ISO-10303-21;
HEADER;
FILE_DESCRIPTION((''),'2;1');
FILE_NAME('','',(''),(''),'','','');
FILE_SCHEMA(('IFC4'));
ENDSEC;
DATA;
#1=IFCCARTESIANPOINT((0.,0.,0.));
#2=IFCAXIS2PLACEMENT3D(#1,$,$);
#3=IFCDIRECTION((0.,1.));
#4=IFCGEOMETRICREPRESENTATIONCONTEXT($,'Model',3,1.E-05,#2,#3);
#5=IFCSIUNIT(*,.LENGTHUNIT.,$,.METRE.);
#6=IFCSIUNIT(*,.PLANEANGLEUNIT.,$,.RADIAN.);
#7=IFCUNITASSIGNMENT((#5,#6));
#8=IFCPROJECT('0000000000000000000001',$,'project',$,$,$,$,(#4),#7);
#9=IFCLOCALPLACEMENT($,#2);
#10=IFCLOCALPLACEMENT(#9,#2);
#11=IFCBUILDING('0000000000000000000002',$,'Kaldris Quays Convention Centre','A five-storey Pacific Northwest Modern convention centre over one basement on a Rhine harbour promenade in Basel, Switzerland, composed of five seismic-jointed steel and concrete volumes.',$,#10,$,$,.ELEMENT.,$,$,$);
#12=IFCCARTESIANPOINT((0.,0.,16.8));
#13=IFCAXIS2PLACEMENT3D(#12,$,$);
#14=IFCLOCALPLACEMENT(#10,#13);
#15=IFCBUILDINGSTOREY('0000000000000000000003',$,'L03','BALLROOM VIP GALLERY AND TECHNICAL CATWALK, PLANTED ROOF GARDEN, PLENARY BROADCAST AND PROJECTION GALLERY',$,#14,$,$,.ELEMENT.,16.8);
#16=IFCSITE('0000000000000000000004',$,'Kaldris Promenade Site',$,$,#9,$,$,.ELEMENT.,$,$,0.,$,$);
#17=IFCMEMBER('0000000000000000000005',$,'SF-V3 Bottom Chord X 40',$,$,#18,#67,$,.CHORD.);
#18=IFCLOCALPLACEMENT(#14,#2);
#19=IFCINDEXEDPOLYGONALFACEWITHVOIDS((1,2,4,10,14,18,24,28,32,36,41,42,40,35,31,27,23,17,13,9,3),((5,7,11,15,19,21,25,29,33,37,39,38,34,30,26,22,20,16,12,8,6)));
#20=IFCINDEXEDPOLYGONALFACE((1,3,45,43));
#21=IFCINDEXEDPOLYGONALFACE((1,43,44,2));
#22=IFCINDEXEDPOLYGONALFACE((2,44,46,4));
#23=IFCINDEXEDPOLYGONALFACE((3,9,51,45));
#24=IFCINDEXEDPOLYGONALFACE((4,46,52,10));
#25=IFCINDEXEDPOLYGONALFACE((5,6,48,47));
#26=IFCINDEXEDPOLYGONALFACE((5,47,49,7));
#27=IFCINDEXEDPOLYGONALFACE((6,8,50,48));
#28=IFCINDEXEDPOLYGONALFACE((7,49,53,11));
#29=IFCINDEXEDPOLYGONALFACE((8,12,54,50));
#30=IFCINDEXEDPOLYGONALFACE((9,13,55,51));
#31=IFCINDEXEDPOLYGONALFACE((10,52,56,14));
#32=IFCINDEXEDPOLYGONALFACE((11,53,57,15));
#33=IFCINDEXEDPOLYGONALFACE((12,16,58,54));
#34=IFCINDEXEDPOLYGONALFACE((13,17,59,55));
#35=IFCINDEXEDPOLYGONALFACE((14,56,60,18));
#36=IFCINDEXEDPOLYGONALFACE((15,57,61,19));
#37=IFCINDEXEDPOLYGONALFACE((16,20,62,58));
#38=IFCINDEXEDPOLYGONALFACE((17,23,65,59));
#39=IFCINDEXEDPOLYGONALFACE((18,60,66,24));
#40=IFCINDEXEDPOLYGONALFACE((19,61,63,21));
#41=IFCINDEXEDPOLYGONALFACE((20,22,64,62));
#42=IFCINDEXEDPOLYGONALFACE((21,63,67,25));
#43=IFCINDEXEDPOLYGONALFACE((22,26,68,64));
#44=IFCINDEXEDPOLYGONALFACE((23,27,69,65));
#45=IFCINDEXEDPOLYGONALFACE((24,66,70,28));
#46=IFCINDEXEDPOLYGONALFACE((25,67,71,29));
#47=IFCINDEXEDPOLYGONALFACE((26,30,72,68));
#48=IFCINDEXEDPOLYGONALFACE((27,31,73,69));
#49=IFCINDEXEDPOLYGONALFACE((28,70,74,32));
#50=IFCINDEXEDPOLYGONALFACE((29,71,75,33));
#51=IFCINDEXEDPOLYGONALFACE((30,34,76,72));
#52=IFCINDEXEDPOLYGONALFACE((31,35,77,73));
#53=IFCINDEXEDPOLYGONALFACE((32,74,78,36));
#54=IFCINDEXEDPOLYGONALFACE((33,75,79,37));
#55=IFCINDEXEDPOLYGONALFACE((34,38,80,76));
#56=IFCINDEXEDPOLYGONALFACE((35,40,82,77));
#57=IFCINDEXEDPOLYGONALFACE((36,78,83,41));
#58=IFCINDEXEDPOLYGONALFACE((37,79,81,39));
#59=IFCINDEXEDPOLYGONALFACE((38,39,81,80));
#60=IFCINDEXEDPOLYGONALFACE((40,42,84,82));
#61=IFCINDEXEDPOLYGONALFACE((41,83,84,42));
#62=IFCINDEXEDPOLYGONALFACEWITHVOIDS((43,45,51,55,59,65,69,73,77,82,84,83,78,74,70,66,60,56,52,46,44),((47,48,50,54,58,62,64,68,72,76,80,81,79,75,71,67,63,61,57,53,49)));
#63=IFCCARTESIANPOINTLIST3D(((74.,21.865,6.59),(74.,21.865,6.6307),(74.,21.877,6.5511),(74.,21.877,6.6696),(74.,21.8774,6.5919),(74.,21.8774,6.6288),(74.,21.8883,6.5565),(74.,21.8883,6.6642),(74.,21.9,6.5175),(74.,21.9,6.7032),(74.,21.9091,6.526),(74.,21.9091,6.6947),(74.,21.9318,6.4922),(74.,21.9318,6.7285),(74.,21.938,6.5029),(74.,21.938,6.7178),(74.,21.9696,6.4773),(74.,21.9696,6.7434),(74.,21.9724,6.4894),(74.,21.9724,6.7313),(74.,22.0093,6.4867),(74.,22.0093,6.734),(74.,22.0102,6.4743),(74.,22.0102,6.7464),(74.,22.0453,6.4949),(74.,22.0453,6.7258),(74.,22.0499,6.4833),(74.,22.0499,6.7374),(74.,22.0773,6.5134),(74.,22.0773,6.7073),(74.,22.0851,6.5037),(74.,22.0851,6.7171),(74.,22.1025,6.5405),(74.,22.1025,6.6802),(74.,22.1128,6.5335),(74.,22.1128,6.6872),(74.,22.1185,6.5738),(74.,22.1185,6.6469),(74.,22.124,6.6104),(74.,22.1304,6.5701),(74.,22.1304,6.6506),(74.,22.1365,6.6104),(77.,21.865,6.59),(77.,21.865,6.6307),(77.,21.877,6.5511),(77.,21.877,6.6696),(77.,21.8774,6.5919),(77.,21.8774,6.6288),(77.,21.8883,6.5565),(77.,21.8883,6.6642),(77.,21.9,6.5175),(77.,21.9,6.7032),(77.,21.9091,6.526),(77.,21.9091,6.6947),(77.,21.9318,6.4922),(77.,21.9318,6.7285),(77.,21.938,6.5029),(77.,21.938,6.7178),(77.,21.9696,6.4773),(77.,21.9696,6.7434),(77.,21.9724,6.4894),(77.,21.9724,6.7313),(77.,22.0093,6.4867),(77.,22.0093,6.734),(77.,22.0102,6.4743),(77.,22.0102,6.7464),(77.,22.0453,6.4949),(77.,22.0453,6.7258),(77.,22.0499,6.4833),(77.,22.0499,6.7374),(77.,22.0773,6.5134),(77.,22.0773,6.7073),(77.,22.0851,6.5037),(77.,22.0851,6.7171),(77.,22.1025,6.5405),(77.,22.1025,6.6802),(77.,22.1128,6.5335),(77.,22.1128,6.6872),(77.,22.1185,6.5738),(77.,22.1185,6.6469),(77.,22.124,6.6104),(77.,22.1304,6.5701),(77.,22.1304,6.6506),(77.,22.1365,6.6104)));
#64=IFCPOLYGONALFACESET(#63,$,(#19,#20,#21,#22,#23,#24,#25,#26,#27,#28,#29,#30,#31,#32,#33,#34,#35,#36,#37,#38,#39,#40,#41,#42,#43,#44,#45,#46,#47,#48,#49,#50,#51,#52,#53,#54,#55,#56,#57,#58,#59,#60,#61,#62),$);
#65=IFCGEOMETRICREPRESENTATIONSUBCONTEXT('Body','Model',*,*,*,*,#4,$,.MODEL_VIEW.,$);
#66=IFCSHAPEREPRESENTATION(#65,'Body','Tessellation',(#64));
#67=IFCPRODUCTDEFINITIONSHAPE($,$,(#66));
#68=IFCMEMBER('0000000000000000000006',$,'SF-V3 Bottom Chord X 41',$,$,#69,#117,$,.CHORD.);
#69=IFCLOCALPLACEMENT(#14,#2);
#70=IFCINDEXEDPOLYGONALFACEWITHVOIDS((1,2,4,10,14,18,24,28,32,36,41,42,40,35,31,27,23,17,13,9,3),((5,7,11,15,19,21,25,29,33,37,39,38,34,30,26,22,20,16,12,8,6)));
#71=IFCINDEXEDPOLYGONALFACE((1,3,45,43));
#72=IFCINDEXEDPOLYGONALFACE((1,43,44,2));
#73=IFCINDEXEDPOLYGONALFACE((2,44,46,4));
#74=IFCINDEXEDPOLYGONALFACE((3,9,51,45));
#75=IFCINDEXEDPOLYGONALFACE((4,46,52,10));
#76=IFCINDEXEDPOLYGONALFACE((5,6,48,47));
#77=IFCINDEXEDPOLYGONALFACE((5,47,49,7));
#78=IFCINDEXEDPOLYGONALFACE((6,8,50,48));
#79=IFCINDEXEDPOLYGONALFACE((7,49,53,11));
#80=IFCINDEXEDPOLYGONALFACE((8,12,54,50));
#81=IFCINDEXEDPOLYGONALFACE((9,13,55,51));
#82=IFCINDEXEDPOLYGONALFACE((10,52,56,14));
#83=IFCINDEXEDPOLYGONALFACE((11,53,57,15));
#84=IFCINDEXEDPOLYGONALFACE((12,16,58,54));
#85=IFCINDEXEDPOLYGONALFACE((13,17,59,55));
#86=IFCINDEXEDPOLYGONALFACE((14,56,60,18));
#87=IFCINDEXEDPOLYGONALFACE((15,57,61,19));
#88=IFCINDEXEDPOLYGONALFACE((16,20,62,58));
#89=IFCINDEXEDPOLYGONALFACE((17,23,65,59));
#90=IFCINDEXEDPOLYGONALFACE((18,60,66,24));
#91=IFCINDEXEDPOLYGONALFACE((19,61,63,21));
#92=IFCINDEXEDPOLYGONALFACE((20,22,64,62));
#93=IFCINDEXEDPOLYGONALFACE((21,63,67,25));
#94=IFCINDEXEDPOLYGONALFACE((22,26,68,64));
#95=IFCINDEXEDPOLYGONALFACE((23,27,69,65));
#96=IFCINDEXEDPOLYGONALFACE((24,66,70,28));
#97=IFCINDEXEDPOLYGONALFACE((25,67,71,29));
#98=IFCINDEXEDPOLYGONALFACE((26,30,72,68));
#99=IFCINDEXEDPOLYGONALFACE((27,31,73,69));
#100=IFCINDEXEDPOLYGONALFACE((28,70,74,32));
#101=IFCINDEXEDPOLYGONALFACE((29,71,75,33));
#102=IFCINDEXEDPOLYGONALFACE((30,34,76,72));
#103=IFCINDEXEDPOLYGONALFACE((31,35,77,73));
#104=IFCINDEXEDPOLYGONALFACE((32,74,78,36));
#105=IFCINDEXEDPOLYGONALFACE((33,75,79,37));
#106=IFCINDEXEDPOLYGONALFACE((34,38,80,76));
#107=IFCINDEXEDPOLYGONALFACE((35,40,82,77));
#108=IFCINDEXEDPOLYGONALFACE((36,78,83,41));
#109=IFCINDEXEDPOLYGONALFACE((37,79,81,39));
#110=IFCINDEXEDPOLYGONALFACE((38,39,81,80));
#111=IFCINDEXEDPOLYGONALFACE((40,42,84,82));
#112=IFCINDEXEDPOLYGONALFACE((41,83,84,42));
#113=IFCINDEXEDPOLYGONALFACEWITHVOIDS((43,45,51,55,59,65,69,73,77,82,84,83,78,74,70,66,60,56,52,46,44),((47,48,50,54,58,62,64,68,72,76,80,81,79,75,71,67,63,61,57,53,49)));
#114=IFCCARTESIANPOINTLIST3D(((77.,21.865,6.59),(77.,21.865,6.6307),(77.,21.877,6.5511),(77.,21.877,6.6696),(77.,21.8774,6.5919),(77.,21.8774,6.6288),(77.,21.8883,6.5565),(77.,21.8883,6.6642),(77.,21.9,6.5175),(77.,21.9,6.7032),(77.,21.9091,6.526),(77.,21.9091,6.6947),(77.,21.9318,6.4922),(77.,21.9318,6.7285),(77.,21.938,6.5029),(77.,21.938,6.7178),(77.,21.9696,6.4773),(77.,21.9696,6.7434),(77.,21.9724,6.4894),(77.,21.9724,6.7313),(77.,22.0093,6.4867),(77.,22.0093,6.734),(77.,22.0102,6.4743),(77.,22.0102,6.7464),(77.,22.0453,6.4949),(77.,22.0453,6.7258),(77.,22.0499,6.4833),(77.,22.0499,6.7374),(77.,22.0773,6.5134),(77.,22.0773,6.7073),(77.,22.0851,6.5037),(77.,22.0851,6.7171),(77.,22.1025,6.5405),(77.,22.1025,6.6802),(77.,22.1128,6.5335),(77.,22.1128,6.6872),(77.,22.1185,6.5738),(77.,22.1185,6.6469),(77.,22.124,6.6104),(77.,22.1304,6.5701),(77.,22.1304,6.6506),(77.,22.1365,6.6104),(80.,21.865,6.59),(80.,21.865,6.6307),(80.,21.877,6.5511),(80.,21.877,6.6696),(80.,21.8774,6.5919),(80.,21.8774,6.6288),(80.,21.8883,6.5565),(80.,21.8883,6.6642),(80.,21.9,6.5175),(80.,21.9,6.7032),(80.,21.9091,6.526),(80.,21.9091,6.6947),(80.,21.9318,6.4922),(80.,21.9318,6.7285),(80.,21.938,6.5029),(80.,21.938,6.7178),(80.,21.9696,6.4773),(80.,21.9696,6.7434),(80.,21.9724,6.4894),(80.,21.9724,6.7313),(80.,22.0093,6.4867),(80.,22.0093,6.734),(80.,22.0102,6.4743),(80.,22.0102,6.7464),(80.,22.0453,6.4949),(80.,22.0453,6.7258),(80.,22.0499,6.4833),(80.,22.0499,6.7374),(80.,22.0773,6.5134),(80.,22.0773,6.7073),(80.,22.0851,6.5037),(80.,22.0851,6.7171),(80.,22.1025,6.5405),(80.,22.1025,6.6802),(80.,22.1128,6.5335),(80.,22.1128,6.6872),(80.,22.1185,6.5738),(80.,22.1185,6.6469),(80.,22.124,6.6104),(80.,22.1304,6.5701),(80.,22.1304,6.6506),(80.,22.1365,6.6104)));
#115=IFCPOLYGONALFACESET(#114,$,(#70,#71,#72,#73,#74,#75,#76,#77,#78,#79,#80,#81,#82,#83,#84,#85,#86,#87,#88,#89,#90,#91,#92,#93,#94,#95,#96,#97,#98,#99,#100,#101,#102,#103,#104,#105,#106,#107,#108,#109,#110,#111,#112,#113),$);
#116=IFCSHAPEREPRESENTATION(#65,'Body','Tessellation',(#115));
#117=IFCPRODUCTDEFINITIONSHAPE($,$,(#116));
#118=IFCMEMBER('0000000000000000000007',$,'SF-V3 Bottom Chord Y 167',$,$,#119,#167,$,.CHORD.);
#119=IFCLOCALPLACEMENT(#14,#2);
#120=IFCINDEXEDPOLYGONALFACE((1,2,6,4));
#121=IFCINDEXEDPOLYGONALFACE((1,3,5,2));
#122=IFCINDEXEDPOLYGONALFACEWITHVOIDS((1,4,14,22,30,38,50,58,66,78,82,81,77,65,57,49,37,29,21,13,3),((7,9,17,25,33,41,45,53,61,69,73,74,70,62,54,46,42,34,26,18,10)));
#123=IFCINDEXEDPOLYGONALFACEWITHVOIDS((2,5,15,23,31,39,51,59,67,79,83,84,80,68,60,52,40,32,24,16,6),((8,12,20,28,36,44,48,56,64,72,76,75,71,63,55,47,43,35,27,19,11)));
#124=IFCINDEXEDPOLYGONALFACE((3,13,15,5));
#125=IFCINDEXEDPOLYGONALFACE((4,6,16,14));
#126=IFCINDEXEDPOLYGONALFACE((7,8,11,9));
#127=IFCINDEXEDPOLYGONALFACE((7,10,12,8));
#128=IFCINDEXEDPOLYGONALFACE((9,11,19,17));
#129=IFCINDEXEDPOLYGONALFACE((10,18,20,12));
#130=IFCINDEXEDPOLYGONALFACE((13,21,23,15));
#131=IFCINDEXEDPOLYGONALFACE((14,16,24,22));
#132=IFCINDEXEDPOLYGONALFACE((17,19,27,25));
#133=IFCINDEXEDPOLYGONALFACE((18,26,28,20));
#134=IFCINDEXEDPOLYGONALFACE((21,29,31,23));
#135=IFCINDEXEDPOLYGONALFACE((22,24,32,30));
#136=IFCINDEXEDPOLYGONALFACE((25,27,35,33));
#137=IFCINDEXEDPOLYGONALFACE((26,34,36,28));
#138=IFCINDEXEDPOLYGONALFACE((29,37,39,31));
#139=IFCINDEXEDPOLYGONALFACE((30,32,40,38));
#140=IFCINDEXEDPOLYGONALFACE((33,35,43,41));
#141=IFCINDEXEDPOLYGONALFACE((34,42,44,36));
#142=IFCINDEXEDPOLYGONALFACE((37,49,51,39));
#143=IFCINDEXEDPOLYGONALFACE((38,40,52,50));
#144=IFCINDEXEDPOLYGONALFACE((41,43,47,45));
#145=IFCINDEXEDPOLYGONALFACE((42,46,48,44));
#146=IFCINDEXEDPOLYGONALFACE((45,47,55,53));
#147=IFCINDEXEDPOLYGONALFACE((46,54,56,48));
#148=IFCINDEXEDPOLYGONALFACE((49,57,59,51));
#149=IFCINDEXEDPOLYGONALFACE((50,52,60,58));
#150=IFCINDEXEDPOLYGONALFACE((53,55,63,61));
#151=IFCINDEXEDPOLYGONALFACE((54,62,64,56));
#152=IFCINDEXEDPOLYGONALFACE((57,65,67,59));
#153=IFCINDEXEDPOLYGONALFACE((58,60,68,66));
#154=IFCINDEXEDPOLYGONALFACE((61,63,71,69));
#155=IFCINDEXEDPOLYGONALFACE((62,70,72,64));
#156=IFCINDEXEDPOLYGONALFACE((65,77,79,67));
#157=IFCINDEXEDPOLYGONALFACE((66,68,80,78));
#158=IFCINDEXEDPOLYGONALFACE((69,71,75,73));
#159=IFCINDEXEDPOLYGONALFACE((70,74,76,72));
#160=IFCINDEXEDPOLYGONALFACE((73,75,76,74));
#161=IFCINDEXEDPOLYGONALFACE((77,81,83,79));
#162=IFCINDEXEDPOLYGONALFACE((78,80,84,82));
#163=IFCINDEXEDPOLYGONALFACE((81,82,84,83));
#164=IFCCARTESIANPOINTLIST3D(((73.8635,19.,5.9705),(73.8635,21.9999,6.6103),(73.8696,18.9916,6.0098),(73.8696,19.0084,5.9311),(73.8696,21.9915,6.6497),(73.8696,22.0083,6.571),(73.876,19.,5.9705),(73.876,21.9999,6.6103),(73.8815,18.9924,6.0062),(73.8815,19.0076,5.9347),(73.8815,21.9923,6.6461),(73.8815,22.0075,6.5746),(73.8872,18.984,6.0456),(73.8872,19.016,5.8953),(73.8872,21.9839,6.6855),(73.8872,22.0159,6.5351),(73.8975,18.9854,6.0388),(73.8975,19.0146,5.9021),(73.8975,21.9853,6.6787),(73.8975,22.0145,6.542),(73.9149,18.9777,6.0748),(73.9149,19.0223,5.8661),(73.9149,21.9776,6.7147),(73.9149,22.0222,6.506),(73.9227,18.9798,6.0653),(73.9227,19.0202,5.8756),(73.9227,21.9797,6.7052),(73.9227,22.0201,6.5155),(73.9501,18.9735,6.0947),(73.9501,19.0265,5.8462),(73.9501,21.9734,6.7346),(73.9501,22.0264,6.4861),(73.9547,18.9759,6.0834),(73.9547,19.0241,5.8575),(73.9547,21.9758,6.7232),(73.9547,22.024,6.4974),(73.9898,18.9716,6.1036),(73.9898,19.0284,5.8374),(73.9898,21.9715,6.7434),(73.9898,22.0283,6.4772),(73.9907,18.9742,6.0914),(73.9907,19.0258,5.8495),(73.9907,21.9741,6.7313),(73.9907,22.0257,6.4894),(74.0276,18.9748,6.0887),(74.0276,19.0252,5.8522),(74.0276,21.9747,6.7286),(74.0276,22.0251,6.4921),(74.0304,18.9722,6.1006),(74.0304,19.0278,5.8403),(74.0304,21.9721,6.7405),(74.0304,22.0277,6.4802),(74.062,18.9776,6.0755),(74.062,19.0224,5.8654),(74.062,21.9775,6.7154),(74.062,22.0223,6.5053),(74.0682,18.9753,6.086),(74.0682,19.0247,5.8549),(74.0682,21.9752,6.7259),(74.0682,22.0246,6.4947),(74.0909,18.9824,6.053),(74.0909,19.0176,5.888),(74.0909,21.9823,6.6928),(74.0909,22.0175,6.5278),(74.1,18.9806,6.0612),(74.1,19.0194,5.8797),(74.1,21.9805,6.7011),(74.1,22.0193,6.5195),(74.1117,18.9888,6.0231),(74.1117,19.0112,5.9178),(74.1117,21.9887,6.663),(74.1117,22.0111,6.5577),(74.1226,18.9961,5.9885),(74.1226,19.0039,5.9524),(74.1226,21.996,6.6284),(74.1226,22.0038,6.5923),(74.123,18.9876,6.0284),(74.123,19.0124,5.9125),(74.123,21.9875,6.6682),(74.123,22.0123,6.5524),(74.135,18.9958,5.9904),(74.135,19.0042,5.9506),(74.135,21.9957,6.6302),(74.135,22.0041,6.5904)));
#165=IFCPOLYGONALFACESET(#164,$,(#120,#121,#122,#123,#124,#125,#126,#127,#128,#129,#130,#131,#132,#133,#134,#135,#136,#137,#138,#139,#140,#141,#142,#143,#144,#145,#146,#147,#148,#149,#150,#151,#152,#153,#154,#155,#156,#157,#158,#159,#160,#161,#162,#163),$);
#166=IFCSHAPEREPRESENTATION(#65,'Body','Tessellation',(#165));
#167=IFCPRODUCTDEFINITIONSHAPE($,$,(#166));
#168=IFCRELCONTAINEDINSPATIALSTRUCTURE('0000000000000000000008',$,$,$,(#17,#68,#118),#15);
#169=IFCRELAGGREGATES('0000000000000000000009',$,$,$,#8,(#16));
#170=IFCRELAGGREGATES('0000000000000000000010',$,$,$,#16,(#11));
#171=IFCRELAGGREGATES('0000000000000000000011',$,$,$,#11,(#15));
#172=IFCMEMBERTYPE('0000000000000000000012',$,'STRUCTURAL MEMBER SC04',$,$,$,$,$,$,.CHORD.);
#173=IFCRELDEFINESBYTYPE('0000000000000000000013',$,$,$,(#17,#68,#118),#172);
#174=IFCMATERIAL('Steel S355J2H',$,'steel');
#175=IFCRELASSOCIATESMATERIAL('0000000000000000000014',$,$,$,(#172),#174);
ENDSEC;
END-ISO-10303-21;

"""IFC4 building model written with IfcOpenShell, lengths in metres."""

from ifc_helpers import new_model, si_unit, direction, frame, origin, origin_2d, place, context, subcontext, project, spatial, hollow_circle, extrude, material, material_profile, profile_set, type_object, element, save


model = new_model("IFC4")

# Units and contexts
model_context = context("Model", 3, precision=1e-05, world=origin(), true_north=direction((0.0, 1.0)))
body_context = subcontext(model_context, "Body", "Model", "MODEL_VIEW")
ifc_project = project(units=[si_unit("LENGTHUNIT", "METRE"), si_unit("PLANEANGLEUNIT", "RADIAN")], contexts=[model_context])

# Site, building, storey
site_placement = place(None, origin())
site = spatial("IfcSite", under=ifc_project, at=site_placement, Name="Kaldris Promenade Site", CompositionType="ELEMENT", RefElevation=0.0)
building_placement = place(site_placement, origin())
building = spatial("IfcBuilding", under=site, at=building_placement, Name="Kaldris Quays Convention Centre", Description="A five-storey Pacific Northwest Modern convention centre over one basement on a Rhine harbour promenade in Basel, Switzerland, composed of five seismic-jointed steel and concrete volumes.", CompositionType="ELEMENT")
storey_placement = place(building_placement, frame((0.0, 0.0, 16.8)))
storey = spatial("IfcBuildingStorey", under=building, at=storey_placement, Name="L03", Description="BALLROOM VIP GALLERY AND TECHNICAL CATWALK, PLANTED ROOF GARDEN, PLENARY BROADCAST AND PROJECTION GALLERY", CompositionType="ELEMENT", Elevation=16.8)

# Members
ifc_material_1 = material(Name="Steel S355J2H", Category="steel")
ifc_material_profile_1 = material_profile(ifc_material_1, hollow_circle(Radius=0.1365, WallThickness=0.0125, at=origin_2d()), Name="CHS 273x12.5")
ifc_profile_set_1 = profile_set([ifc_material_profile_1], Name="Steel S355J2H")
member_type_1 = type_object("IfcMemberType", Name="STRUCTURAL MEMBER SC04", PredefinedType="CHORD", material=ifc_profile_set_1)
for number, where, z_axis, x_axis, name in (
    (1, (74.0, 22.0, 6.6104), (1.0, 0.0, 0.0), (0.0, 1.0, 0.0), "SF-V3 Bottom Chord X 40"),
    (2, (77.0, 22.0, 6.6104), (1.0, 0.0, 0.0), (0.0, 1.0, 0.0), "SF-V3 Bottom Chord X 41"),
):
    element("IfcMember", number, at=place(storey_placement, frame(where, z_axis=z_axis, x_axis=x_axis)), inside=storey, type_object=member_type_1, Name=name, PredefinedType="CHORD", context=body_context, shape_type="SweptSolid", body=[
        extrude(hollow_circle(Radius=0.1365, WallThickness=0.0125, at=origin_2d()), origin(), (0.0, 0.0, 1.0), 3.0),
    ])
member_1_placement = place(storey_placement, frame((74.0, 19.0, 5.9705), z_axis=(0.0, 0.978, 0.208605), x_axis=(-1.0, 0.0, 0.0)))
element("IfcMember", 3, at=member_1_placement, inside=storey, type_object=member_type_1, Name="SF-V3 Bottom Chord Y 167", PredefinedType="CHORD", context=body_context, shape_type="SweptSolid", body=[
    extrude(hollow_circle(Radius=0.1365, WallThickness=0.0125, at=origin_2d()), origin(), (0.0, 0.0, 1.0), 3.0674),
])

save(model, "model.ifc")
